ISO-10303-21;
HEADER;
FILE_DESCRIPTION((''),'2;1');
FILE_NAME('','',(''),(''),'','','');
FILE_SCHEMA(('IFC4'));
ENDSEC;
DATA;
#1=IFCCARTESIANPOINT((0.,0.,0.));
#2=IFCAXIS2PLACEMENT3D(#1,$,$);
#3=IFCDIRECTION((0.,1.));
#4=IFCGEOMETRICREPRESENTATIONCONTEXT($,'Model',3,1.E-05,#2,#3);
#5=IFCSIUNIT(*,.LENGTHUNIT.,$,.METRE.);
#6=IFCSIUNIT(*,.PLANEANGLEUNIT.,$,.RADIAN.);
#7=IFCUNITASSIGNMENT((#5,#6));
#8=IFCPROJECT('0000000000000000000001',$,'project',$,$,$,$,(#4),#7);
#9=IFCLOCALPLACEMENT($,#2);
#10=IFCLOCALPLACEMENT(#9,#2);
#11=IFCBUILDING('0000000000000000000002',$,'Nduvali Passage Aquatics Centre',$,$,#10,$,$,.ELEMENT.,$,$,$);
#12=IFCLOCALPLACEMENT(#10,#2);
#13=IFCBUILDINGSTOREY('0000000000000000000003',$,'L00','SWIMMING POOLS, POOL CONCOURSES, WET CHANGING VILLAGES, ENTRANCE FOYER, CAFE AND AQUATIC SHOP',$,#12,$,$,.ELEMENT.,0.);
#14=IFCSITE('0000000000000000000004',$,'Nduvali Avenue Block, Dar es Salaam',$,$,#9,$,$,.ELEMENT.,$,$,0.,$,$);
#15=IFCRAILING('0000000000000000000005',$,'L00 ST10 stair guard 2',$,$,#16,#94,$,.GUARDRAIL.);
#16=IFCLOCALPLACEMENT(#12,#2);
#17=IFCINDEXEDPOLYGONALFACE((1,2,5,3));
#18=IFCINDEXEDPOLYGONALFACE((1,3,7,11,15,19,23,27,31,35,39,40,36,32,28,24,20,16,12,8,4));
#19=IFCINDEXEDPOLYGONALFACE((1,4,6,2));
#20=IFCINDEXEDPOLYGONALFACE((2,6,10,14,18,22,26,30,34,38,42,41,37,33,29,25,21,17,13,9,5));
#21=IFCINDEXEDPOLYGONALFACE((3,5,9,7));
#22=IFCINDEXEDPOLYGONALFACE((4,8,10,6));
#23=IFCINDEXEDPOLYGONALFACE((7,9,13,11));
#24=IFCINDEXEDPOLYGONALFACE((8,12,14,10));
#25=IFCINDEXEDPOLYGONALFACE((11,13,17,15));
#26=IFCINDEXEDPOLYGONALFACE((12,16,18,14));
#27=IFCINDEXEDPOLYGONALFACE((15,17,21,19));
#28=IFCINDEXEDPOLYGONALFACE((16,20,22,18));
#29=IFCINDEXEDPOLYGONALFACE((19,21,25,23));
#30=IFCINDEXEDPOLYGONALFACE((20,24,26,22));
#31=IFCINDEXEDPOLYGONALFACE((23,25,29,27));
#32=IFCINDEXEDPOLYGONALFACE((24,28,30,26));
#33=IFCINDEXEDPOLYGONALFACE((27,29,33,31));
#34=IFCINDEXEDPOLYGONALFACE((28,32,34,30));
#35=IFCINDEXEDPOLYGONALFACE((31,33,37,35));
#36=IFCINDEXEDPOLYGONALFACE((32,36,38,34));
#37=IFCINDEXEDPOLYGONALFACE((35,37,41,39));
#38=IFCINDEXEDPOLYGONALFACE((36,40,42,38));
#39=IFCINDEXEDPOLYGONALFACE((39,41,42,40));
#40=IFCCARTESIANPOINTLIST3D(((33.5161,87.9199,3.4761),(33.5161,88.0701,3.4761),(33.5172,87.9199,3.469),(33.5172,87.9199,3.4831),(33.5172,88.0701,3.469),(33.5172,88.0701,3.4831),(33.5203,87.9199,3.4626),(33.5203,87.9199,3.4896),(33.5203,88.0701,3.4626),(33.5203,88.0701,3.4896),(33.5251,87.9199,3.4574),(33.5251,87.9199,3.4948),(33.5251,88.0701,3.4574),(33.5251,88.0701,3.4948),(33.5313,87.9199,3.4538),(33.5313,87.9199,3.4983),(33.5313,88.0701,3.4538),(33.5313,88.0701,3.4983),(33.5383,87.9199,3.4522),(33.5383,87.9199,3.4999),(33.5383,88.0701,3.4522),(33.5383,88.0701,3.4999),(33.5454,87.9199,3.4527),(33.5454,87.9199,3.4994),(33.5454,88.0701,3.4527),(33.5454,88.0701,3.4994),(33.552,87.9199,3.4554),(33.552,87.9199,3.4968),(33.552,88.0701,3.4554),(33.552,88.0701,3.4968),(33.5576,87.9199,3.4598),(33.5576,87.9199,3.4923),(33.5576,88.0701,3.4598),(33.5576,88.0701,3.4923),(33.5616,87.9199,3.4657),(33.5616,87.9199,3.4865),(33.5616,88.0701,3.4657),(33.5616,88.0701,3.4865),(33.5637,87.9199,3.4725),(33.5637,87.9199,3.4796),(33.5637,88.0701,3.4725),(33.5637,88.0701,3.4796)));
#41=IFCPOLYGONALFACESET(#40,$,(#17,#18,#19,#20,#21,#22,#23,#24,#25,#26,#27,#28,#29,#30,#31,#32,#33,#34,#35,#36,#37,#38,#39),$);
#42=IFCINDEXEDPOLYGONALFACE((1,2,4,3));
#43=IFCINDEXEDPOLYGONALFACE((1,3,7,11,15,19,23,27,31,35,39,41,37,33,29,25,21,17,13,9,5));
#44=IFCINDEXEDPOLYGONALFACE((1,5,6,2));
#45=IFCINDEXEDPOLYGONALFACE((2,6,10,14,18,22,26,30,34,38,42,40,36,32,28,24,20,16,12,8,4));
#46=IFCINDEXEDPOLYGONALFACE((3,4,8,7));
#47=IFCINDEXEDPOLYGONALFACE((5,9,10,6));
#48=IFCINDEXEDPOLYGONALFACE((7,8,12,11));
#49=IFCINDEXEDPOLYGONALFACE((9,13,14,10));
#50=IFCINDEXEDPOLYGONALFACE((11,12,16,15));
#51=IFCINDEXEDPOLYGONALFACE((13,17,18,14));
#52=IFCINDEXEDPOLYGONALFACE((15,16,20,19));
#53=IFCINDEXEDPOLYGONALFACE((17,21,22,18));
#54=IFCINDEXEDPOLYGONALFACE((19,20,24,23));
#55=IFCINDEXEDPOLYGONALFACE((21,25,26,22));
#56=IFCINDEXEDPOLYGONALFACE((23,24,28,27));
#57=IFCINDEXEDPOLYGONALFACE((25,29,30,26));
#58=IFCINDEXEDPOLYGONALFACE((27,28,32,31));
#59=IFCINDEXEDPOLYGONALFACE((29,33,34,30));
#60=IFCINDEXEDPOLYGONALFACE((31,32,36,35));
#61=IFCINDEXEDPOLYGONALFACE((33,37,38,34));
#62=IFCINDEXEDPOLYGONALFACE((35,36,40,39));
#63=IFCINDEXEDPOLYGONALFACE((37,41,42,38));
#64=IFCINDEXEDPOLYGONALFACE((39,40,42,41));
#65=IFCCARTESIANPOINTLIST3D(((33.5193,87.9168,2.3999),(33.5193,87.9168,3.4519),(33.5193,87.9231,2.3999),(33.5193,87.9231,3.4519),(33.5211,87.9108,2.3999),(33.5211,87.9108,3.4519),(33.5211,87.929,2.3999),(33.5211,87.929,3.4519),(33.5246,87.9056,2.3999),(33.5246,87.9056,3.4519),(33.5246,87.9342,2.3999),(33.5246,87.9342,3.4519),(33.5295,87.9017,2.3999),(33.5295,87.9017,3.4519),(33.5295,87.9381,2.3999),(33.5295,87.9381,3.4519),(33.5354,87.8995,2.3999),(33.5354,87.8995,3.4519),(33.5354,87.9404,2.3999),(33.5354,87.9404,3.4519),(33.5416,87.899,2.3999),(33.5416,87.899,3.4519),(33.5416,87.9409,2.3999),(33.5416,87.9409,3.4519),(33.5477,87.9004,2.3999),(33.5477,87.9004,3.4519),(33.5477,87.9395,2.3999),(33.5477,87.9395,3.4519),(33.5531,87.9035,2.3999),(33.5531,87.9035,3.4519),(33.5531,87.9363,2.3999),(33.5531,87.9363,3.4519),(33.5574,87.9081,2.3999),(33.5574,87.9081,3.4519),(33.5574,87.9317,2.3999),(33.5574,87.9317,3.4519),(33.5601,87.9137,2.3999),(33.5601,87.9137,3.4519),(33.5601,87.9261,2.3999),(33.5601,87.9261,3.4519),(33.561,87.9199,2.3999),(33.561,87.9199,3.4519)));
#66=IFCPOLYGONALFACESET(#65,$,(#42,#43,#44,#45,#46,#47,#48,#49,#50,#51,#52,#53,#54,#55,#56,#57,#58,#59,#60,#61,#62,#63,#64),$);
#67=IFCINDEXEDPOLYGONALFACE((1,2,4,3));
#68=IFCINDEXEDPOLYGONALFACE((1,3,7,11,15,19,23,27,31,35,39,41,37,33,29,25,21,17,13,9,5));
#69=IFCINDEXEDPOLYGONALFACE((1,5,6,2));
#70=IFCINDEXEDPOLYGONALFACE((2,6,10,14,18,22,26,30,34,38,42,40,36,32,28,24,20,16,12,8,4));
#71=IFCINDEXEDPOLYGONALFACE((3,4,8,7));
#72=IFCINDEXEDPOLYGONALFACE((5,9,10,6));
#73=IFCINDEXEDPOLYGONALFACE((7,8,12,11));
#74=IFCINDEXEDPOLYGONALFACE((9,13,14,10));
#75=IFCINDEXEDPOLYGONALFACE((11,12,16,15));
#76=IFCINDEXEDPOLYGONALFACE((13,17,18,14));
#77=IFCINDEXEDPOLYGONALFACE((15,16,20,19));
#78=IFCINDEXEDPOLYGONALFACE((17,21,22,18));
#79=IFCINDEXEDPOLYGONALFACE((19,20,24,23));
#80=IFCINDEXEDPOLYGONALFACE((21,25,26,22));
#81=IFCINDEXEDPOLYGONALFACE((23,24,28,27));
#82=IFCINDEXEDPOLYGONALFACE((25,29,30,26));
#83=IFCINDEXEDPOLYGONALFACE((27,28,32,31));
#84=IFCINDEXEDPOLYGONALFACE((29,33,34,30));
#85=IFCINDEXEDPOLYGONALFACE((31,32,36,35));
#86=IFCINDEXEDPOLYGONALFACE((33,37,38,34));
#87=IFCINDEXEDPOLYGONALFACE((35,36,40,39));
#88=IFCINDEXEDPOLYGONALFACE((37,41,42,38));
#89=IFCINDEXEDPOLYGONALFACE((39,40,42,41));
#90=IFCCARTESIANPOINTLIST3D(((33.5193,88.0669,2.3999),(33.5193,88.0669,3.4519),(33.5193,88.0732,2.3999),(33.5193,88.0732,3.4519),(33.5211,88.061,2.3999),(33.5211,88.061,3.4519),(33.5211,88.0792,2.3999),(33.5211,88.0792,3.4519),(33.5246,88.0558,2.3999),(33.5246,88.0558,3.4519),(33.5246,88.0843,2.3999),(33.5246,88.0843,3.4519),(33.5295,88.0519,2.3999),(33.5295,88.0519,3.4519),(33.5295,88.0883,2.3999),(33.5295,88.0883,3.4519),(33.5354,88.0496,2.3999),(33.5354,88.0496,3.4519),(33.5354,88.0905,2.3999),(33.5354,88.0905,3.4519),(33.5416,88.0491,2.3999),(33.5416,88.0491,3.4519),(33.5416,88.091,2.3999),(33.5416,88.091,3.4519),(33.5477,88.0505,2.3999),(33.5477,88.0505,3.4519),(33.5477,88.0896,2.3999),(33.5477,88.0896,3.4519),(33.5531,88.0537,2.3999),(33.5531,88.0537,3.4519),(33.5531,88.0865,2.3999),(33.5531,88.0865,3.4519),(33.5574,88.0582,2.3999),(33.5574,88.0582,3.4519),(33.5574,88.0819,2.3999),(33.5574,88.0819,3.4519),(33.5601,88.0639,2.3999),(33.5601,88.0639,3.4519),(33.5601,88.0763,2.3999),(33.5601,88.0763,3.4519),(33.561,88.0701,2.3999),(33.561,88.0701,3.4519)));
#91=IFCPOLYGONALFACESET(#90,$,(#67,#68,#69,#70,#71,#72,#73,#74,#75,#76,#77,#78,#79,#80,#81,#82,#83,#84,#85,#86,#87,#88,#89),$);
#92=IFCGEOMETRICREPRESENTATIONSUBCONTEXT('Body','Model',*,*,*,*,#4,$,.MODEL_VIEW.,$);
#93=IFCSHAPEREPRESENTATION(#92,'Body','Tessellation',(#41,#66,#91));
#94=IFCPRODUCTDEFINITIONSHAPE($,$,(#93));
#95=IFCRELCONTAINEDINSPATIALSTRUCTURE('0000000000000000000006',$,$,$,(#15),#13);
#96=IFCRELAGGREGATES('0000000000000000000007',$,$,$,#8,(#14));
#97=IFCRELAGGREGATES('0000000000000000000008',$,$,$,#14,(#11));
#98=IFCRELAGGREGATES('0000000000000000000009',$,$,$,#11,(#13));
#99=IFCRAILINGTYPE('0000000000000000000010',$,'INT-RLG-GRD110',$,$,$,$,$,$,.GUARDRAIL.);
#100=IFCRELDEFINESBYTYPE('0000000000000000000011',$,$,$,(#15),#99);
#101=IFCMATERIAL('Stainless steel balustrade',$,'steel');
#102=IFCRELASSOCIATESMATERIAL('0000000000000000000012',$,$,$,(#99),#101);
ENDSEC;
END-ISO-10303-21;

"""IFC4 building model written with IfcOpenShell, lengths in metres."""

from ifc_helpers import new_model, si_unit, direction, frame, origin, origin_2d, place, context, subcontext, project, spatial, circle, extrude, material, type_object, element, save


model = new_model("IFC4")

# Units and contexts
model_context = context("Model", 3, precision=1e-05, world=origin(), true_north=direction((0.0, 1.0)))
body_context = subcontext(model_context, "Body", "Model", "MODEL_VIEW")
ifc_project = project(units=[si_unit("LENGTHUNIT", "METRE"), si_unit("PLANEANGLEUNIT", "RADIAN")], contexts=[model_context])

# Site, building, storey
site_placement = place(None, origin())
site = spatial("IfcSite", under=ifc_project, at=site_placement, Name="Nduvali Avenue Block, Dar es Salaam", CompositionType="ELEMENT", RefElevation=0.0)
building_placement = place(site_placement, origin())
building = spatial("IfcBuilding", under=site, at=building_placement, Name="Nduvali Passage Aquatics Centre", CompositionType="ELEMENT")
storey_placement = place(building_placement, origin())
storey = spatial("IfcBuildingStorey", under=building, at=storey_placement, Name="L00", Description="SWIMMING POOLS, POOL CONCOURSES, WET CHANGING VILLAGES, ENTRANCE FOYER, CAFE AND AQUATIC SHOP", CompositionType="ELEMENT", Elevation=0.0)

# Railing
ifc_material_1 = material(Name="Stainless steel balustrade", Category="steel")
railing_type_1 = type_object("IfcRailingType", Name="INT-RLG-GRD110", PredefinedType="GUARDRAIL", material=ifc_material_1)
railing_1_placement = place(storey_placement, frame((33.54, 87.9199, 2.3999)))
element("IfcRailing", 1, at=railing_1_placement, inside=storey, type_object=railing_type_1, Name="L00 ST10 stair guard 2", PredefinedType="GUARDRAIL", context=body_context, shape_type="SweptSolid", body=[
    extrude(circle(Radius=0.0239, at=origin_2d()), frame((0.0, 0.0, 1.0762), z_axis=(0.0, 1.0, 0.0), x_axis=(-1.0, 0.0, 0.0)), (0.0, 0.0, 1.0), 0.1501),
    extrude(circle(Radius=0.021, at=origin_2d()), origin(), (0.0, 0.0, 1.0), 1.052),
    extrude(circle(Radius=0.021, at=origin_2d()), frame((0.0, 0.1501, 0.0)), (0.0, 0.0, 1.0), 1.052),
])

save(model, "model.ifc")
